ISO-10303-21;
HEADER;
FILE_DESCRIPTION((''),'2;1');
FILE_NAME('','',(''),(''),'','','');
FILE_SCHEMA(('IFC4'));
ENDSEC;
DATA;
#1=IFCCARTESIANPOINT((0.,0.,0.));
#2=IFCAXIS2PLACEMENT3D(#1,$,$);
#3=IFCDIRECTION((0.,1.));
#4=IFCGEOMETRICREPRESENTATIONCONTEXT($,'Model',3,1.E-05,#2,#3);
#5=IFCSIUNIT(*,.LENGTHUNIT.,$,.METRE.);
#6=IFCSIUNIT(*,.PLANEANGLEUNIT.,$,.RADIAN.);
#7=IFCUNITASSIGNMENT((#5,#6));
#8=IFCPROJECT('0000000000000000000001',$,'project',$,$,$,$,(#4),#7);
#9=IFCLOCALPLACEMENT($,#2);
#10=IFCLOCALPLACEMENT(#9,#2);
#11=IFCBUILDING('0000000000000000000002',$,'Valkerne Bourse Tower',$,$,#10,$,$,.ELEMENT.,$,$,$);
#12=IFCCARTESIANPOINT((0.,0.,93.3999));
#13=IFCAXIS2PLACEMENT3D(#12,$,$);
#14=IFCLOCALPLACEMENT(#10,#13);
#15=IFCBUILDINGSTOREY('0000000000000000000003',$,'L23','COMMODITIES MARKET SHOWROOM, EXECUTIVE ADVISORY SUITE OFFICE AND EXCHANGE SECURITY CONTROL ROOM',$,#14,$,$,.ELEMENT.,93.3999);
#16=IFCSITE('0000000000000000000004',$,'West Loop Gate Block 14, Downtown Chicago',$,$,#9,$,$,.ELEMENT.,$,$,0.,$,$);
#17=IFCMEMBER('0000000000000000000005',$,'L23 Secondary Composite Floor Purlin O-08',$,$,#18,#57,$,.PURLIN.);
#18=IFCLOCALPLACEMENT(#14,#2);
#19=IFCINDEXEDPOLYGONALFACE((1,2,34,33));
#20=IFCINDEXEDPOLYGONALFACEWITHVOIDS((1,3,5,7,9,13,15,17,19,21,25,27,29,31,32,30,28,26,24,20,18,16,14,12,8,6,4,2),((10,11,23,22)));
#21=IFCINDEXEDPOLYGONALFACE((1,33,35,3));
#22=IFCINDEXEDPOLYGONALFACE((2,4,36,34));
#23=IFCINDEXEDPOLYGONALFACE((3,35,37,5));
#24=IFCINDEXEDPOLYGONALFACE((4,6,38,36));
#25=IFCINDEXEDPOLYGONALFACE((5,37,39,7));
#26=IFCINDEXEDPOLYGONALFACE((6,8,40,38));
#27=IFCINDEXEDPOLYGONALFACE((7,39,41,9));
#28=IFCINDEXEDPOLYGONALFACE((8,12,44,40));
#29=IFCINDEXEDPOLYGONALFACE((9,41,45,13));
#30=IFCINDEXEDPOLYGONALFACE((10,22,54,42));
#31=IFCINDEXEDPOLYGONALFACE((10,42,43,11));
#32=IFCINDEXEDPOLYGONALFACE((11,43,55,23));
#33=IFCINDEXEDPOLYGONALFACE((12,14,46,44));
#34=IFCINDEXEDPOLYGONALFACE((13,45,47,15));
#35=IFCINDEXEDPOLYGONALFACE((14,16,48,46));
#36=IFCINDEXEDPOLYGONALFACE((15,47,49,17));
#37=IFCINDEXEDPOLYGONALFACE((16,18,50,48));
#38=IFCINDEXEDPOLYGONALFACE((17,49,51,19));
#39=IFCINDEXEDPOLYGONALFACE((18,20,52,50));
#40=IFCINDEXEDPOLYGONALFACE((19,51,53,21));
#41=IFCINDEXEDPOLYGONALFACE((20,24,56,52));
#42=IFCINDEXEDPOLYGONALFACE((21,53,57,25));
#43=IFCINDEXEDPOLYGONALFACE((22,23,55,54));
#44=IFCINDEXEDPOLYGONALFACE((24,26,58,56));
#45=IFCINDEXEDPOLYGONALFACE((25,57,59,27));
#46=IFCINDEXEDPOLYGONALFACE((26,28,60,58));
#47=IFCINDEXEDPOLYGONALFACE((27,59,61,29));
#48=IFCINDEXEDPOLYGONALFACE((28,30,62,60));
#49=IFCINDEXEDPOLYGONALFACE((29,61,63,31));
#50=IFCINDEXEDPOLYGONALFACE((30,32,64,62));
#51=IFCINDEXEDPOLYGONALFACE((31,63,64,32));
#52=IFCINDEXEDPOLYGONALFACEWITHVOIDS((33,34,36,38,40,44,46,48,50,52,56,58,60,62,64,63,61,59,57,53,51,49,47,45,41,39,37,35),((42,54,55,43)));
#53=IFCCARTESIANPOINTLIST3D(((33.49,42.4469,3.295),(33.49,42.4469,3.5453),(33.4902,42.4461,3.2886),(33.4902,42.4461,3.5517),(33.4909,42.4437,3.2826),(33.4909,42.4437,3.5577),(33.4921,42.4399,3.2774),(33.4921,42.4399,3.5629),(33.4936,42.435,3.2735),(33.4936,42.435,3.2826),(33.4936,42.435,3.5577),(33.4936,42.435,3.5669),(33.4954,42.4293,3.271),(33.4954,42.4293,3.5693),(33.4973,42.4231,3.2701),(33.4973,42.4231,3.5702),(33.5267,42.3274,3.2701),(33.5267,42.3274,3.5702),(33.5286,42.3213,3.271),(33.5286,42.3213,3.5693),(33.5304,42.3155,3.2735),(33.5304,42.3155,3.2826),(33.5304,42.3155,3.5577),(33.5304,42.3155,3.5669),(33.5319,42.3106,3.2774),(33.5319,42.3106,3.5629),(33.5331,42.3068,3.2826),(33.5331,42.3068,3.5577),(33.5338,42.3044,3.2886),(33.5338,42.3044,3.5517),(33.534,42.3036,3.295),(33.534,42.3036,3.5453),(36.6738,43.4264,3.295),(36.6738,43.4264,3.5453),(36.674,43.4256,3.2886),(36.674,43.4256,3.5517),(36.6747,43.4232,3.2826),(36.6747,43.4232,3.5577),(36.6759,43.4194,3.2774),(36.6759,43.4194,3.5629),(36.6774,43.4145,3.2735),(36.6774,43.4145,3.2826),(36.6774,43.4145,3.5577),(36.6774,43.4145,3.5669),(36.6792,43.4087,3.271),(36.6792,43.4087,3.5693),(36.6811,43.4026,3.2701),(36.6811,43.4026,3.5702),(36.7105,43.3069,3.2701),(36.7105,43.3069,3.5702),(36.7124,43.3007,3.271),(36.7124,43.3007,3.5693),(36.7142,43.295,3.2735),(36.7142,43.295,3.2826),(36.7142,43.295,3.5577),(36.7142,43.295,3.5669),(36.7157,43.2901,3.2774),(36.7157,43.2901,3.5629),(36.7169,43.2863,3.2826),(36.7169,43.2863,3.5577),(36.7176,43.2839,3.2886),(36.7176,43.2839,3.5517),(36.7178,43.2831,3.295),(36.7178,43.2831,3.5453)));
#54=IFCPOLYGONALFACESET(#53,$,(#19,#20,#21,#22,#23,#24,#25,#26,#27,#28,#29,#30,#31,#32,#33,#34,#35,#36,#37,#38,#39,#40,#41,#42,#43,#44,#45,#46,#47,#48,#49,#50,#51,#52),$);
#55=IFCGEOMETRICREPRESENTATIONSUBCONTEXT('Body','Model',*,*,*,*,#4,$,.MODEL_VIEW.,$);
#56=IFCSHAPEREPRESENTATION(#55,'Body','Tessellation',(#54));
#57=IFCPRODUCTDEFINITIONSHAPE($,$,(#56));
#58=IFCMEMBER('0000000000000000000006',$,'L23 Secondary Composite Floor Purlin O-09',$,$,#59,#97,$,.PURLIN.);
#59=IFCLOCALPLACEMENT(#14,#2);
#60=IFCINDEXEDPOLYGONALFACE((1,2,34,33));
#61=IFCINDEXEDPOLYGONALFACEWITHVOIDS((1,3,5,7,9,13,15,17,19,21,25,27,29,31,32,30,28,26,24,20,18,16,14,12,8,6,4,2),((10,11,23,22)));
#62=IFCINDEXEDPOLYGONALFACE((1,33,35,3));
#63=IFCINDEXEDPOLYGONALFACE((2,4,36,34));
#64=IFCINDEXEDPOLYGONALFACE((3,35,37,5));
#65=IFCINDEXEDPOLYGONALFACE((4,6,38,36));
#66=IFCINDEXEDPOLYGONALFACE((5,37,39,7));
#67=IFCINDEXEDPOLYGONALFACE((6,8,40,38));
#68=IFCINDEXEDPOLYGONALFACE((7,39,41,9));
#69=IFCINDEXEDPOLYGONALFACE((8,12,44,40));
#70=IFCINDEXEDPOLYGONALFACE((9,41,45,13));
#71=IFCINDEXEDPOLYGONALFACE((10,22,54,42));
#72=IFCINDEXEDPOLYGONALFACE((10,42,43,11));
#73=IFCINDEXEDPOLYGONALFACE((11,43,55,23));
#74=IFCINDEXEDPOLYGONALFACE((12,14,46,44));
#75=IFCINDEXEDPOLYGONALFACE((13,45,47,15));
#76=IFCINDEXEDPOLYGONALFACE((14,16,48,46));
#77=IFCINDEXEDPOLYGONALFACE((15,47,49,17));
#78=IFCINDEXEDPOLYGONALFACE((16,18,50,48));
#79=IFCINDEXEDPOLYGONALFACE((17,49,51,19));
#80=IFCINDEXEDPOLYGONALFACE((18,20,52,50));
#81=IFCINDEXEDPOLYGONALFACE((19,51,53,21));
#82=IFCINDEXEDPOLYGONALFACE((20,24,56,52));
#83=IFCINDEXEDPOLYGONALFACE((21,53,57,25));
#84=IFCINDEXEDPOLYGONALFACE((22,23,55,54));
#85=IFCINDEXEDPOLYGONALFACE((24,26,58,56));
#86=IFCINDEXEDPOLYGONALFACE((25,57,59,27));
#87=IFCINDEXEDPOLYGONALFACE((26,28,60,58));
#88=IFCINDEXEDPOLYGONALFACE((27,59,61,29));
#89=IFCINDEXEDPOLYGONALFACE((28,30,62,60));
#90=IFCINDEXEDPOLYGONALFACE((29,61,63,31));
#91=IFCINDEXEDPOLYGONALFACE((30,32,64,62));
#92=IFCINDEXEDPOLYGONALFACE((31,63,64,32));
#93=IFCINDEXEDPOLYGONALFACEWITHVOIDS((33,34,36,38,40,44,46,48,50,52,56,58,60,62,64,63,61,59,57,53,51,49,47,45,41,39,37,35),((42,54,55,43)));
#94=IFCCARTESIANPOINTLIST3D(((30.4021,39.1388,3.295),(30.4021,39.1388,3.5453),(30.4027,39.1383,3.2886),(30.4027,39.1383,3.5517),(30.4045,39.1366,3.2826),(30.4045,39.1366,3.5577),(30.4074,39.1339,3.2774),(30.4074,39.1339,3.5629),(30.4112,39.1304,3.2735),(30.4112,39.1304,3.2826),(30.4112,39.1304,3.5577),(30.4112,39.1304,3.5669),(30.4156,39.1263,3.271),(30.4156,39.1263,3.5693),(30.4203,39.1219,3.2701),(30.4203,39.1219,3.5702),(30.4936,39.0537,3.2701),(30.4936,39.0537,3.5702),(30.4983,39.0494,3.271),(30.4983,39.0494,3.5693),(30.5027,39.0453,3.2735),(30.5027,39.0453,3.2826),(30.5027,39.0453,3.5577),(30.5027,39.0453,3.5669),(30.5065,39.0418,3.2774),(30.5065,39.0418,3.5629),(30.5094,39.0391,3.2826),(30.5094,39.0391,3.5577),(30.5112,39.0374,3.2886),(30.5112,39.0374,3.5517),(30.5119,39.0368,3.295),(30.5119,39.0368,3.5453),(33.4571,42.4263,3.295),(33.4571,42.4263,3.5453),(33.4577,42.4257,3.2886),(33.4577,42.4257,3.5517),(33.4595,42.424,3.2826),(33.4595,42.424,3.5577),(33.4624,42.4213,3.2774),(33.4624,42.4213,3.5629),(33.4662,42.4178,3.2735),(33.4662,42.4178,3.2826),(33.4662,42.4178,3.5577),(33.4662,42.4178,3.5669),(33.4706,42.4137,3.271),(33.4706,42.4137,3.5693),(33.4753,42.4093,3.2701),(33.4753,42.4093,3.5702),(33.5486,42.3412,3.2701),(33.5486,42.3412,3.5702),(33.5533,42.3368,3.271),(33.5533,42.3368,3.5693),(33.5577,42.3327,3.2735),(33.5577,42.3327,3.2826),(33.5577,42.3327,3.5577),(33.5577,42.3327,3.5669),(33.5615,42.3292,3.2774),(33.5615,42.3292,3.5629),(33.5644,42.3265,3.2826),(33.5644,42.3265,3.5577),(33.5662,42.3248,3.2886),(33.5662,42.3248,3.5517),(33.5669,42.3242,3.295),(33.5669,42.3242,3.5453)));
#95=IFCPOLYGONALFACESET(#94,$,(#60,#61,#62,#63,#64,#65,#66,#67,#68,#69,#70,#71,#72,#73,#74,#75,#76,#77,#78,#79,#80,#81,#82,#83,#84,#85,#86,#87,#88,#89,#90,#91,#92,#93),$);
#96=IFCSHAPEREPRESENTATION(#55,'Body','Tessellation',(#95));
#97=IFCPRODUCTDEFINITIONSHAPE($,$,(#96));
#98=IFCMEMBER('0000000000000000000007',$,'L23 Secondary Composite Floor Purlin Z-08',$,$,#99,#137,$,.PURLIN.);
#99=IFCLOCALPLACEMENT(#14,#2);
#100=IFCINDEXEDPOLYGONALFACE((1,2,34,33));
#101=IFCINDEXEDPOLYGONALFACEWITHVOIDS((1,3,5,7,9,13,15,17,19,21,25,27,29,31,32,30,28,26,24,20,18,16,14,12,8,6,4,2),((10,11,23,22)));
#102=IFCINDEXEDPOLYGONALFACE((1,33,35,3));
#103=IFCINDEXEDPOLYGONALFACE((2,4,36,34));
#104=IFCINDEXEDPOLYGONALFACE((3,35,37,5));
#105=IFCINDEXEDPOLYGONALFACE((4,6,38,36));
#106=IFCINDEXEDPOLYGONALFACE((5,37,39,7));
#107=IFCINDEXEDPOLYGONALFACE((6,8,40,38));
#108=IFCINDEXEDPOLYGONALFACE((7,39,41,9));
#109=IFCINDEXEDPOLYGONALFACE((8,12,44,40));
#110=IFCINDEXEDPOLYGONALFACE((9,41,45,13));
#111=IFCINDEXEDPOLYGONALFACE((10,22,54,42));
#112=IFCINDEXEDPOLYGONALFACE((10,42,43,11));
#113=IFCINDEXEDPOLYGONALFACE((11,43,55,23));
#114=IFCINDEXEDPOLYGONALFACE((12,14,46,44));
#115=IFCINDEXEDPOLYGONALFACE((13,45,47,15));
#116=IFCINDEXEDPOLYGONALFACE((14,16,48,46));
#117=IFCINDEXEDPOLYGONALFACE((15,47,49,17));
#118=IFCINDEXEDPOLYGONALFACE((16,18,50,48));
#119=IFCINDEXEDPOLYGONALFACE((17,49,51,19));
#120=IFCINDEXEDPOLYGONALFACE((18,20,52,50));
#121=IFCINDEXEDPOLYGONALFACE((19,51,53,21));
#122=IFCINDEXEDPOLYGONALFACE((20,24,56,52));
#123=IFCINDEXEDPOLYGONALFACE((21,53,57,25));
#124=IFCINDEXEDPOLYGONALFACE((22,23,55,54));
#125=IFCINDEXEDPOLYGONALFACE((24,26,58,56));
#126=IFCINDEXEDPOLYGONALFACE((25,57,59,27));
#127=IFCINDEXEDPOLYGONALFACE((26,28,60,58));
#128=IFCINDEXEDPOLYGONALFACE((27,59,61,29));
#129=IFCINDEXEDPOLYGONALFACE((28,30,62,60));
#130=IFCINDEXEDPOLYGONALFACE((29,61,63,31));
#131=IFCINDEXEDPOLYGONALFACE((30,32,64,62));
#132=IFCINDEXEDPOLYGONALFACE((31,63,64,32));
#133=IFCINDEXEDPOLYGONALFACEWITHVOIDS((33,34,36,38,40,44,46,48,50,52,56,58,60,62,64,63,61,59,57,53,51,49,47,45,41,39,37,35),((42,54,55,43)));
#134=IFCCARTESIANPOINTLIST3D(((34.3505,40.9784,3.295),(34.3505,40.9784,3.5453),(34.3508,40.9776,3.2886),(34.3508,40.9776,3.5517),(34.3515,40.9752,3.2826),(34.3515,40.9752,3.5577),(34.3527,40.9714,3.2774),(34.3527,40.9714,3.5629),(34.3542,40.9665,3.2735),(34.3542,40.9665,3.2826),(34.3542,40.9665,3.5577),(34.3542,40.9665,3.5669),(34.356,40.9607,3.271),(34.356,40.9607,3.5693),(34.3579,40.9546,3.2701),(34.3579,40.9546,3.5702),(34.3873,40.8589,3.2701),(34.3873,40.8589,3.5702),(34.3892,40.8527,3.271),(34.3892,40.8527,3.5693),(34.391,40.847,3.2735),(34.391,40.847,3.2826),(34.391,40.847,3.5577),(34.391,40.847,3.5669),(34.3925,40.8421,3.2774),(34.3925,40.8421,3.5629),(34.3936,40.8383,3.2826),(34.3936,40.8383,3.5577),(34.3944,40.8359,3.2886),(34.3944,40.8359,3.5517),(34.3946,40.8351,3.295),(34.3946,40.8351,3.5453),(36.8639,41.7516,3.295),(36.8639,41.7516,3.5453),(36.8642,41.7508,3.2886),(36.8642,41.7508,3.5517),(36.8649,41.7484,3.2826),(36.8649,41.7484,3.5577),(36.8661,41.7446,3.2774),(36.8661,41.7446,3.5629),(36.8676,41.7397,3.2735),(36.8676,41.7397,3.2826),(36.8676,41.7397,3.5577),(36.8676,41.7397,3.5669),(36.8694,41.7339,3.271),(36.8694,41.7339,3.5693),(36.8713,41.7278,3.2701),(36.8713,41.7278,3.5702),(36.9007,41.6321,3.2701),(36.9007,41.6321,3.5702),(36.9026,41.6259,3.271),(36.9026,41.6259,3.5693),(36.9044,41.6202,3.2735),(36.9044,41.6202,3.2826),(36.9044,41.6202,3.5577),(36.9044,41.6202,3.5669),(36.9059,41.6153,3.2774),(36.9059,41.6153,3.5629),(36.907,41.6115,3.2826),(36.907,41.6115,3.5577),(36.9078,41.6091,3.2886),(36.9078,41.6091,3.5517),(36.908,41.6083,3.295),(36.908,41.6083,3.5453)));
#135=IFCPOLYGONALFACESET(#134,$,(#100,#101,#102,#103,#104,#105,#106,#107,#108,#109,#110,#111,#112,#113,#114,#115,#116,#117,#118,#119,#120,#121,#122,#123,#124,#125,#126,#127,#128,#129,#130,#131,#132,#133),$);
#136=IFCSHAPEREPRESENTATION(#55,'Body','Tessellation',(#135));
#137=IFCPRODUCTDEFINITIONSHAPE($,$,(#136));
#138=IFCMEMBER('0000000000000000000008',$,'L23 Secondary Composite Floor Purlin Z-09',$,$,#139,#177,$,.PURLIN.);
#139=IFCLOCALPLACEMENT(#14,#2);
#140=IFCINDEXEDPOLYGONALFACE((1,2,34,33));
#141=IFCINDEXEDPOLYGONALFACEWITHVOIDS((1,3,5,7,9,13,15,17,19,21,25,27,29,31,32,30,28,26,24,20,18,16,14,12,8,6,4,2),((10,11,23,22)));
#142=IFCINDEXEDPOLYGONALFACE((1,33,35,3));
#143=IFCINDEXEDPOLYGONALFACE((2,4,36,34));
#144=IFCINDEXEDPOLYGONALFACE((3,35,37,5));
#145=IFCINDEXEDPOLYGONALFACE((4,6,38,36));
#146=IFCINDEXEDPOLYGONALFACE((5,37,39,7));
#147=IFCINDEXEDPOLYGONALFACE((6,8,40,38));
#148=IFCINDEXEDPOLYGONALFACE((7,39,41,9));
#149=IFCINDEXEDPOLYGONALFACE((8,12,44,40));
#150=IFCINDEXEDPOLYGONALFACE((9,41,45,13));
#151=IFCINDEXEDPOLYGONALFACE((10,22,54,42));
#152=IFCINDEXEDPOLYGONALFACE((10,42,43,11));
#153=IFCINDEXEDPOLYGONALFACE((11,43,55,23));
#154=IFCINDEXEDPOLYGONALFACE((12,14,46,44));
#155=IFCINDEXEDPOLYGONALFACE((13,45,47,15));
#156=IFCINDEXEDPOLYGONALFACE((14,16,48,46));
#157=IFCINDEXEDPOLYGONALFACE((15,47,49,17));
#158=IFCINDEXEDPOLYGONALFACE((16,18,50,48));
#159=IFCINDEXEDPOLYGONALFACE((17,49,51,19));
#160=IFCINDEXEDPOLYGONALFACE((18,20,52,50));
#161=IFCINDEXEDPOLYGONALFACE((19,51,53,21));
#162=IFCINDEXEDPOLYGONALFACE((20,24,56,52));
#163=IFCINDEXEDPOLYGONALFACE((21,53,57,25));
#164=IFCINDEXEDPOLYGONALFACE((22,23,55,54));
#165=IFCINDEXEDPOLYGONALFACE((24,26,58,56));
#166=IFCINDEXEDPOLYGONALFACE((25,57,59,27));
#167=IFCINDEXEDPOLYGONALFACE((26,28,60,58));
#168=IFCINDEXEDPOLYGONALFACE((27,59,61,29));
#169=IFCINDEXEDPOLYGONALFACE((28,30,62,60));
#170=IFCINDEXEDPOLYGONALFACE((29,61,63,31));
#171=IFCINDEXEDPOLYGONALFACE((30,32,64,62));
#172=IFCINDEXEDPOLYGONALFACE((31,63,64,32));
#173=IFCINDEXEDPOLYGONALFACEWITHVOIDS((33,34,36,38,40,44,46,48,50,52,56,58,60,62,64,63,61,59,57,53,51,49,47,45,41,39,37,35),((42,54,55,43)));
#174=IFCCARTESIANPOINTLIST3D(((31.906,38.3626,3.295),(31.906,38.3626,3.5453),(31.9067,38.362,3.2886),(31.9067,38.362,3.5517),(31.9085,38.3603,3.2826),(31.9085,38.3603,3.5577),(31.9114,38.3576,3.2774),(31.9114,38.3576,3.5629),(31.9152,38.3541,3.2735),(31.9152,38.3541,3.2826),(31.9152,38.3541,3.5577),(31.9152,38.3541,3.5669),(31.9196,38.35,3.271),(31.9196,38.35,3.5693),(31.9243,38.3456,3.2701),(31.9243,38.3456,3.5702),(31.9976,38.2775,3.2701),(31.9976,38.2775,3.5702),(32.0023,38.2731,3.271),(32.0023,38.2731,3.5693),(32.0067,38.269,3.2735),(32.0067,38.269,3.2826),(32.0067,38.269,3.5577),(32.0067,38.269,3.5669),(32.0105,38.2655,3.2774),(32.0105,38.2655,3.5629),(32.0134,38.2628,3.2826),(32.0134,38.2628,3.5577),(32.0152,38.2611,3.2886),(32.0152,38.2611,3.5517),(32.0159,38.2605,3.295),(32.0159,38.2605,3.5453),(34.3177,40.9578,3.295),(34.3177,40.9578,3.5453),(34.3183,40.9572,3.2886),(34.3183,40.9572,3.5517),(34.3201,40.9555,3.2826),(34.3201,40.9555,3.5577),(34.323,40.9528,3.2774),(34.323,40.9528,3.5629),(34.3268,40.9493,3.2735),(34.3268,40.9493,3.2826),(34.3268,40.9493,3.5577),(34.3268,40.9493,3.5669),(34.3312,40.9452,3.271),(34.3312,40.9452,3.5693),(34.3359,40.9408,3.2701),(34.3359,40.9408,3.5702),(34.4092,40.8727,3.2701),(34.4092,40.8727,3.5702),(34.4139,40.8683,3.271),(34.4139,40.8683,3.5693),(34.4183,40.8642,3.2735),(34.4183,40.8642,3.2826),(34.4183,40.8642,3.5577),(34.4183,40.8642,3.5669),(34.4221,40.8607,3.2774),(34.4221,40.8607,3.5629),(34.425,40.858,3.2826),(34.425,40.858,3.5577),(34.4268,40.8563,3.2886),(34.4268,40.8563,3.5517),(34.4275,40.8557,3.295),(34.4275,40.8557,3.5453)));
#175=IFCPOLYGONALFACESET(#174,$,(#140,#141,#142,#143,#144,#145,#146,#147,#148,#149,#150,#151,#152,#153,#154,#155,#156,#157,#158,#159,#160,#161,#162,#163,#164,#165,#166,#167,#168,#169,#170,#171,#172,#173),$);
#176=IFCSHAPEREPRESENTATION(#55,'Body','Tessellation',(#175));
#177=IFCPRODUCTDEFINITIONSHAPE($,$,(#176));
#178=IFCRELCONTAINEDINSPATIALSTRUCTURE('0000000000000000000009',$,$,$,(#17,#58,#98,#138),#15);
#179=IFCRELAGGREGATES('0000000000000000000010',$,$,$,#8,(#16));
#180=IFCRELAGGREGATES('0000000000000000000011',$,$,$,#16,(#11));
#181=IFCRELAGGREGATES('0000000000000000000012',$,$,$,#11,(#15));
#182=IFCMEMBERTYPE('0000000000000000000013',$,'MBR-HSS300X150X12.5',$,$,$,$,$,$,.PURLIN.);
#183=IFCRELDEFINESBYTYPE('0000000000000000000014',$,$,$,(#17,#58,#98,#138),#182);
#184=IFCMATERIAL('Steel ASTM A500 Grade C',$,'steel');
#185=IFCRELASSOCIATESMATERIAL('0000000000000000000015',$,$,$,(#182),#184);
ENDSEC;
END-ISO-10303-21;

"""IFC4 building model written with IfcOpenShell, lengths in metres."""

from ifc_helpers import new_model, si_unit, direction, frame, origin, origin_2d, place, context, subcontext, project, spatial, hollow_rectangle, extrude, material, material_profile, profile_set, type_object, element, save


model = new_model("IFC4")

# Units and contexts
model_context = context("Model", 3, precision=1e-05, world=origin(), true_north=direction((0.0, 1.0)))
body_context = subcontext(model_context, "Body", "Model", "MODEL_VIEW")
ifc_project = project(units=[si_unit("LENGTHUNIT", "METRE"), si_unit("PLANEANGLEUNIT", "RADIAN")], contexts=[model_context])

# Site, building, storey
site_placement = place(None, origin())
site = spatial("IfcSite", under=ifc_project, at=site_placement, Name="West Loop Gate Block 14, Downtown Chicago", CompositionType="ELEMENT", RefElevation=0.0)
building_placement = place(site_placement, origin())
building = spatial("IfcBuilding", under=site, at=building_placement, Name="Valkerne Bourse Tower", CompositionType="ELEMENT")
storey_placement = place(building_placement, frame((0.0, 0.0, 93.3999)))
storey = spatial("IfcBuildingStorey", under=building, at=storey_placement, Name="L23", Description="COMMODITIES MARKET SHOWROOM, EXECUTIVE ADVISORY SUITE OFFICE AND EXCHANGE SECURITY CONTROL ROOM", CompositionType="ELEMENT", Elevation=93.3999)

# Members
ifc_material_1 = material(Name="Steel ASTM A500 Grade C", Category="steel")
ifc_material_profile_1 = material_profile(ifc_material_1, hollow_rectangle(XDim=0.1499, YDim=0.3, WallThickness=0.0125, OuterFilletRadius=0.0249, at=origin_2d()), Name="HSS300X150X12.5")
ifc_profile_set_1 = profile_set([ifc_material_profile_1], Name="Steel ASTM A500 Grade C")
member_type_1 = type_object("IfcMemberType", Name="MBR-HSS300X150X12.5", PredefinedType="PURLIN", material=ifc_profile_set_1)
member_1_placement = place(storey_placement, frame((36.6958, 43.3547, 3.4202), z_axis=(-0.955792, -0.294045, 0.0), x_axis=(0.294045, -0.955792, 0.0)))
element("IfcMember", 1, at=member_1_placement, inside=storey, type_object=member_type_1, Name="L23 Secondary Composite Floor Purlin O-08", PredefinedType="PURLIN", context=body_context, shape_type="SweptSolid", body=[
    extrude(hollow_rectangle(XDim=0.1499, YDim=0.3, WallThickness=0.0125, OuterFilletRadius=0.0249, at=origin_2d()), origin(), (0.0, 0.0, 1.0), 3.3311),
])
member_2_placement = place(storey_placement, frame((33.512, 42.3752, 3.4202), z_axis=(-0.680737, -0.732528, 0.0), x_axis=(0.732528, -0.680737, 0.0)))
element("IfcMember", 2, at=member_2_placement, inside=storey, type_object=member_type_1, Name="L23 Secondary Composite Floor Purlin O-09", PredefinedType="PURLIN", context=body_context, shape_type="SweptSolid", body=[
    extrude(hollow_rectangle(XDim=0.1499, YDim=0.3, WallThickness=0.0125, OuterFilletRadius=0.0249, at=origin_2d()), origin(), (0.0, 0.0, 1.0), 4.4878),
])
member_3_placement = place(storey_placement, frame((36.886, 41.6799, 3.4202), z_axis=(-0.955797, -0.294027, 0.0), x_axis=(0.294027, -0.955797, 0.0)))
element("IfcMember", 3, at=member_3_placement, inside=storey, type_object=member_type_1, Name="L23 Secondary Composite Floor Purlin Z-08", PredefinedType="PURLIN", context=body_context, shape_type="SweptSolid", body=[
    extrude(hollow_rectangle(XDim=0.1499, YDim=0.3, WallThickness=0.0125, OuterFilletRadius=0.0249, at=origin_2d()), origin(), (0.0, 0.0, 1.0), 2.6296),
])
member_4_placement = place(storey_placement, frame((34.3726, 40.9067, 3.4202), z_axis=(-0.680721, -0.732543, 0.0), x_axis=(0.732543, -0.680721, 0.0)))
element("IfcMember", 4, at=member_4_placement, inside=storey, type_object=member_type_1, Name="L23 Secondary Composite Floor Purlin Z-09", PredefinedType="PURLIN", context=body_context, shape_type="SweptSolid", body=[
    extrude(hollow_rectangle(XDim=0.1499, YDim=0.3, WallThickness=0.0125, OuterFilletRadius=0.0249, at=origin_2d()), origin(), (0.0, 0.0, 1.0), 3.5427),
])

save(model, "model.ifc")
